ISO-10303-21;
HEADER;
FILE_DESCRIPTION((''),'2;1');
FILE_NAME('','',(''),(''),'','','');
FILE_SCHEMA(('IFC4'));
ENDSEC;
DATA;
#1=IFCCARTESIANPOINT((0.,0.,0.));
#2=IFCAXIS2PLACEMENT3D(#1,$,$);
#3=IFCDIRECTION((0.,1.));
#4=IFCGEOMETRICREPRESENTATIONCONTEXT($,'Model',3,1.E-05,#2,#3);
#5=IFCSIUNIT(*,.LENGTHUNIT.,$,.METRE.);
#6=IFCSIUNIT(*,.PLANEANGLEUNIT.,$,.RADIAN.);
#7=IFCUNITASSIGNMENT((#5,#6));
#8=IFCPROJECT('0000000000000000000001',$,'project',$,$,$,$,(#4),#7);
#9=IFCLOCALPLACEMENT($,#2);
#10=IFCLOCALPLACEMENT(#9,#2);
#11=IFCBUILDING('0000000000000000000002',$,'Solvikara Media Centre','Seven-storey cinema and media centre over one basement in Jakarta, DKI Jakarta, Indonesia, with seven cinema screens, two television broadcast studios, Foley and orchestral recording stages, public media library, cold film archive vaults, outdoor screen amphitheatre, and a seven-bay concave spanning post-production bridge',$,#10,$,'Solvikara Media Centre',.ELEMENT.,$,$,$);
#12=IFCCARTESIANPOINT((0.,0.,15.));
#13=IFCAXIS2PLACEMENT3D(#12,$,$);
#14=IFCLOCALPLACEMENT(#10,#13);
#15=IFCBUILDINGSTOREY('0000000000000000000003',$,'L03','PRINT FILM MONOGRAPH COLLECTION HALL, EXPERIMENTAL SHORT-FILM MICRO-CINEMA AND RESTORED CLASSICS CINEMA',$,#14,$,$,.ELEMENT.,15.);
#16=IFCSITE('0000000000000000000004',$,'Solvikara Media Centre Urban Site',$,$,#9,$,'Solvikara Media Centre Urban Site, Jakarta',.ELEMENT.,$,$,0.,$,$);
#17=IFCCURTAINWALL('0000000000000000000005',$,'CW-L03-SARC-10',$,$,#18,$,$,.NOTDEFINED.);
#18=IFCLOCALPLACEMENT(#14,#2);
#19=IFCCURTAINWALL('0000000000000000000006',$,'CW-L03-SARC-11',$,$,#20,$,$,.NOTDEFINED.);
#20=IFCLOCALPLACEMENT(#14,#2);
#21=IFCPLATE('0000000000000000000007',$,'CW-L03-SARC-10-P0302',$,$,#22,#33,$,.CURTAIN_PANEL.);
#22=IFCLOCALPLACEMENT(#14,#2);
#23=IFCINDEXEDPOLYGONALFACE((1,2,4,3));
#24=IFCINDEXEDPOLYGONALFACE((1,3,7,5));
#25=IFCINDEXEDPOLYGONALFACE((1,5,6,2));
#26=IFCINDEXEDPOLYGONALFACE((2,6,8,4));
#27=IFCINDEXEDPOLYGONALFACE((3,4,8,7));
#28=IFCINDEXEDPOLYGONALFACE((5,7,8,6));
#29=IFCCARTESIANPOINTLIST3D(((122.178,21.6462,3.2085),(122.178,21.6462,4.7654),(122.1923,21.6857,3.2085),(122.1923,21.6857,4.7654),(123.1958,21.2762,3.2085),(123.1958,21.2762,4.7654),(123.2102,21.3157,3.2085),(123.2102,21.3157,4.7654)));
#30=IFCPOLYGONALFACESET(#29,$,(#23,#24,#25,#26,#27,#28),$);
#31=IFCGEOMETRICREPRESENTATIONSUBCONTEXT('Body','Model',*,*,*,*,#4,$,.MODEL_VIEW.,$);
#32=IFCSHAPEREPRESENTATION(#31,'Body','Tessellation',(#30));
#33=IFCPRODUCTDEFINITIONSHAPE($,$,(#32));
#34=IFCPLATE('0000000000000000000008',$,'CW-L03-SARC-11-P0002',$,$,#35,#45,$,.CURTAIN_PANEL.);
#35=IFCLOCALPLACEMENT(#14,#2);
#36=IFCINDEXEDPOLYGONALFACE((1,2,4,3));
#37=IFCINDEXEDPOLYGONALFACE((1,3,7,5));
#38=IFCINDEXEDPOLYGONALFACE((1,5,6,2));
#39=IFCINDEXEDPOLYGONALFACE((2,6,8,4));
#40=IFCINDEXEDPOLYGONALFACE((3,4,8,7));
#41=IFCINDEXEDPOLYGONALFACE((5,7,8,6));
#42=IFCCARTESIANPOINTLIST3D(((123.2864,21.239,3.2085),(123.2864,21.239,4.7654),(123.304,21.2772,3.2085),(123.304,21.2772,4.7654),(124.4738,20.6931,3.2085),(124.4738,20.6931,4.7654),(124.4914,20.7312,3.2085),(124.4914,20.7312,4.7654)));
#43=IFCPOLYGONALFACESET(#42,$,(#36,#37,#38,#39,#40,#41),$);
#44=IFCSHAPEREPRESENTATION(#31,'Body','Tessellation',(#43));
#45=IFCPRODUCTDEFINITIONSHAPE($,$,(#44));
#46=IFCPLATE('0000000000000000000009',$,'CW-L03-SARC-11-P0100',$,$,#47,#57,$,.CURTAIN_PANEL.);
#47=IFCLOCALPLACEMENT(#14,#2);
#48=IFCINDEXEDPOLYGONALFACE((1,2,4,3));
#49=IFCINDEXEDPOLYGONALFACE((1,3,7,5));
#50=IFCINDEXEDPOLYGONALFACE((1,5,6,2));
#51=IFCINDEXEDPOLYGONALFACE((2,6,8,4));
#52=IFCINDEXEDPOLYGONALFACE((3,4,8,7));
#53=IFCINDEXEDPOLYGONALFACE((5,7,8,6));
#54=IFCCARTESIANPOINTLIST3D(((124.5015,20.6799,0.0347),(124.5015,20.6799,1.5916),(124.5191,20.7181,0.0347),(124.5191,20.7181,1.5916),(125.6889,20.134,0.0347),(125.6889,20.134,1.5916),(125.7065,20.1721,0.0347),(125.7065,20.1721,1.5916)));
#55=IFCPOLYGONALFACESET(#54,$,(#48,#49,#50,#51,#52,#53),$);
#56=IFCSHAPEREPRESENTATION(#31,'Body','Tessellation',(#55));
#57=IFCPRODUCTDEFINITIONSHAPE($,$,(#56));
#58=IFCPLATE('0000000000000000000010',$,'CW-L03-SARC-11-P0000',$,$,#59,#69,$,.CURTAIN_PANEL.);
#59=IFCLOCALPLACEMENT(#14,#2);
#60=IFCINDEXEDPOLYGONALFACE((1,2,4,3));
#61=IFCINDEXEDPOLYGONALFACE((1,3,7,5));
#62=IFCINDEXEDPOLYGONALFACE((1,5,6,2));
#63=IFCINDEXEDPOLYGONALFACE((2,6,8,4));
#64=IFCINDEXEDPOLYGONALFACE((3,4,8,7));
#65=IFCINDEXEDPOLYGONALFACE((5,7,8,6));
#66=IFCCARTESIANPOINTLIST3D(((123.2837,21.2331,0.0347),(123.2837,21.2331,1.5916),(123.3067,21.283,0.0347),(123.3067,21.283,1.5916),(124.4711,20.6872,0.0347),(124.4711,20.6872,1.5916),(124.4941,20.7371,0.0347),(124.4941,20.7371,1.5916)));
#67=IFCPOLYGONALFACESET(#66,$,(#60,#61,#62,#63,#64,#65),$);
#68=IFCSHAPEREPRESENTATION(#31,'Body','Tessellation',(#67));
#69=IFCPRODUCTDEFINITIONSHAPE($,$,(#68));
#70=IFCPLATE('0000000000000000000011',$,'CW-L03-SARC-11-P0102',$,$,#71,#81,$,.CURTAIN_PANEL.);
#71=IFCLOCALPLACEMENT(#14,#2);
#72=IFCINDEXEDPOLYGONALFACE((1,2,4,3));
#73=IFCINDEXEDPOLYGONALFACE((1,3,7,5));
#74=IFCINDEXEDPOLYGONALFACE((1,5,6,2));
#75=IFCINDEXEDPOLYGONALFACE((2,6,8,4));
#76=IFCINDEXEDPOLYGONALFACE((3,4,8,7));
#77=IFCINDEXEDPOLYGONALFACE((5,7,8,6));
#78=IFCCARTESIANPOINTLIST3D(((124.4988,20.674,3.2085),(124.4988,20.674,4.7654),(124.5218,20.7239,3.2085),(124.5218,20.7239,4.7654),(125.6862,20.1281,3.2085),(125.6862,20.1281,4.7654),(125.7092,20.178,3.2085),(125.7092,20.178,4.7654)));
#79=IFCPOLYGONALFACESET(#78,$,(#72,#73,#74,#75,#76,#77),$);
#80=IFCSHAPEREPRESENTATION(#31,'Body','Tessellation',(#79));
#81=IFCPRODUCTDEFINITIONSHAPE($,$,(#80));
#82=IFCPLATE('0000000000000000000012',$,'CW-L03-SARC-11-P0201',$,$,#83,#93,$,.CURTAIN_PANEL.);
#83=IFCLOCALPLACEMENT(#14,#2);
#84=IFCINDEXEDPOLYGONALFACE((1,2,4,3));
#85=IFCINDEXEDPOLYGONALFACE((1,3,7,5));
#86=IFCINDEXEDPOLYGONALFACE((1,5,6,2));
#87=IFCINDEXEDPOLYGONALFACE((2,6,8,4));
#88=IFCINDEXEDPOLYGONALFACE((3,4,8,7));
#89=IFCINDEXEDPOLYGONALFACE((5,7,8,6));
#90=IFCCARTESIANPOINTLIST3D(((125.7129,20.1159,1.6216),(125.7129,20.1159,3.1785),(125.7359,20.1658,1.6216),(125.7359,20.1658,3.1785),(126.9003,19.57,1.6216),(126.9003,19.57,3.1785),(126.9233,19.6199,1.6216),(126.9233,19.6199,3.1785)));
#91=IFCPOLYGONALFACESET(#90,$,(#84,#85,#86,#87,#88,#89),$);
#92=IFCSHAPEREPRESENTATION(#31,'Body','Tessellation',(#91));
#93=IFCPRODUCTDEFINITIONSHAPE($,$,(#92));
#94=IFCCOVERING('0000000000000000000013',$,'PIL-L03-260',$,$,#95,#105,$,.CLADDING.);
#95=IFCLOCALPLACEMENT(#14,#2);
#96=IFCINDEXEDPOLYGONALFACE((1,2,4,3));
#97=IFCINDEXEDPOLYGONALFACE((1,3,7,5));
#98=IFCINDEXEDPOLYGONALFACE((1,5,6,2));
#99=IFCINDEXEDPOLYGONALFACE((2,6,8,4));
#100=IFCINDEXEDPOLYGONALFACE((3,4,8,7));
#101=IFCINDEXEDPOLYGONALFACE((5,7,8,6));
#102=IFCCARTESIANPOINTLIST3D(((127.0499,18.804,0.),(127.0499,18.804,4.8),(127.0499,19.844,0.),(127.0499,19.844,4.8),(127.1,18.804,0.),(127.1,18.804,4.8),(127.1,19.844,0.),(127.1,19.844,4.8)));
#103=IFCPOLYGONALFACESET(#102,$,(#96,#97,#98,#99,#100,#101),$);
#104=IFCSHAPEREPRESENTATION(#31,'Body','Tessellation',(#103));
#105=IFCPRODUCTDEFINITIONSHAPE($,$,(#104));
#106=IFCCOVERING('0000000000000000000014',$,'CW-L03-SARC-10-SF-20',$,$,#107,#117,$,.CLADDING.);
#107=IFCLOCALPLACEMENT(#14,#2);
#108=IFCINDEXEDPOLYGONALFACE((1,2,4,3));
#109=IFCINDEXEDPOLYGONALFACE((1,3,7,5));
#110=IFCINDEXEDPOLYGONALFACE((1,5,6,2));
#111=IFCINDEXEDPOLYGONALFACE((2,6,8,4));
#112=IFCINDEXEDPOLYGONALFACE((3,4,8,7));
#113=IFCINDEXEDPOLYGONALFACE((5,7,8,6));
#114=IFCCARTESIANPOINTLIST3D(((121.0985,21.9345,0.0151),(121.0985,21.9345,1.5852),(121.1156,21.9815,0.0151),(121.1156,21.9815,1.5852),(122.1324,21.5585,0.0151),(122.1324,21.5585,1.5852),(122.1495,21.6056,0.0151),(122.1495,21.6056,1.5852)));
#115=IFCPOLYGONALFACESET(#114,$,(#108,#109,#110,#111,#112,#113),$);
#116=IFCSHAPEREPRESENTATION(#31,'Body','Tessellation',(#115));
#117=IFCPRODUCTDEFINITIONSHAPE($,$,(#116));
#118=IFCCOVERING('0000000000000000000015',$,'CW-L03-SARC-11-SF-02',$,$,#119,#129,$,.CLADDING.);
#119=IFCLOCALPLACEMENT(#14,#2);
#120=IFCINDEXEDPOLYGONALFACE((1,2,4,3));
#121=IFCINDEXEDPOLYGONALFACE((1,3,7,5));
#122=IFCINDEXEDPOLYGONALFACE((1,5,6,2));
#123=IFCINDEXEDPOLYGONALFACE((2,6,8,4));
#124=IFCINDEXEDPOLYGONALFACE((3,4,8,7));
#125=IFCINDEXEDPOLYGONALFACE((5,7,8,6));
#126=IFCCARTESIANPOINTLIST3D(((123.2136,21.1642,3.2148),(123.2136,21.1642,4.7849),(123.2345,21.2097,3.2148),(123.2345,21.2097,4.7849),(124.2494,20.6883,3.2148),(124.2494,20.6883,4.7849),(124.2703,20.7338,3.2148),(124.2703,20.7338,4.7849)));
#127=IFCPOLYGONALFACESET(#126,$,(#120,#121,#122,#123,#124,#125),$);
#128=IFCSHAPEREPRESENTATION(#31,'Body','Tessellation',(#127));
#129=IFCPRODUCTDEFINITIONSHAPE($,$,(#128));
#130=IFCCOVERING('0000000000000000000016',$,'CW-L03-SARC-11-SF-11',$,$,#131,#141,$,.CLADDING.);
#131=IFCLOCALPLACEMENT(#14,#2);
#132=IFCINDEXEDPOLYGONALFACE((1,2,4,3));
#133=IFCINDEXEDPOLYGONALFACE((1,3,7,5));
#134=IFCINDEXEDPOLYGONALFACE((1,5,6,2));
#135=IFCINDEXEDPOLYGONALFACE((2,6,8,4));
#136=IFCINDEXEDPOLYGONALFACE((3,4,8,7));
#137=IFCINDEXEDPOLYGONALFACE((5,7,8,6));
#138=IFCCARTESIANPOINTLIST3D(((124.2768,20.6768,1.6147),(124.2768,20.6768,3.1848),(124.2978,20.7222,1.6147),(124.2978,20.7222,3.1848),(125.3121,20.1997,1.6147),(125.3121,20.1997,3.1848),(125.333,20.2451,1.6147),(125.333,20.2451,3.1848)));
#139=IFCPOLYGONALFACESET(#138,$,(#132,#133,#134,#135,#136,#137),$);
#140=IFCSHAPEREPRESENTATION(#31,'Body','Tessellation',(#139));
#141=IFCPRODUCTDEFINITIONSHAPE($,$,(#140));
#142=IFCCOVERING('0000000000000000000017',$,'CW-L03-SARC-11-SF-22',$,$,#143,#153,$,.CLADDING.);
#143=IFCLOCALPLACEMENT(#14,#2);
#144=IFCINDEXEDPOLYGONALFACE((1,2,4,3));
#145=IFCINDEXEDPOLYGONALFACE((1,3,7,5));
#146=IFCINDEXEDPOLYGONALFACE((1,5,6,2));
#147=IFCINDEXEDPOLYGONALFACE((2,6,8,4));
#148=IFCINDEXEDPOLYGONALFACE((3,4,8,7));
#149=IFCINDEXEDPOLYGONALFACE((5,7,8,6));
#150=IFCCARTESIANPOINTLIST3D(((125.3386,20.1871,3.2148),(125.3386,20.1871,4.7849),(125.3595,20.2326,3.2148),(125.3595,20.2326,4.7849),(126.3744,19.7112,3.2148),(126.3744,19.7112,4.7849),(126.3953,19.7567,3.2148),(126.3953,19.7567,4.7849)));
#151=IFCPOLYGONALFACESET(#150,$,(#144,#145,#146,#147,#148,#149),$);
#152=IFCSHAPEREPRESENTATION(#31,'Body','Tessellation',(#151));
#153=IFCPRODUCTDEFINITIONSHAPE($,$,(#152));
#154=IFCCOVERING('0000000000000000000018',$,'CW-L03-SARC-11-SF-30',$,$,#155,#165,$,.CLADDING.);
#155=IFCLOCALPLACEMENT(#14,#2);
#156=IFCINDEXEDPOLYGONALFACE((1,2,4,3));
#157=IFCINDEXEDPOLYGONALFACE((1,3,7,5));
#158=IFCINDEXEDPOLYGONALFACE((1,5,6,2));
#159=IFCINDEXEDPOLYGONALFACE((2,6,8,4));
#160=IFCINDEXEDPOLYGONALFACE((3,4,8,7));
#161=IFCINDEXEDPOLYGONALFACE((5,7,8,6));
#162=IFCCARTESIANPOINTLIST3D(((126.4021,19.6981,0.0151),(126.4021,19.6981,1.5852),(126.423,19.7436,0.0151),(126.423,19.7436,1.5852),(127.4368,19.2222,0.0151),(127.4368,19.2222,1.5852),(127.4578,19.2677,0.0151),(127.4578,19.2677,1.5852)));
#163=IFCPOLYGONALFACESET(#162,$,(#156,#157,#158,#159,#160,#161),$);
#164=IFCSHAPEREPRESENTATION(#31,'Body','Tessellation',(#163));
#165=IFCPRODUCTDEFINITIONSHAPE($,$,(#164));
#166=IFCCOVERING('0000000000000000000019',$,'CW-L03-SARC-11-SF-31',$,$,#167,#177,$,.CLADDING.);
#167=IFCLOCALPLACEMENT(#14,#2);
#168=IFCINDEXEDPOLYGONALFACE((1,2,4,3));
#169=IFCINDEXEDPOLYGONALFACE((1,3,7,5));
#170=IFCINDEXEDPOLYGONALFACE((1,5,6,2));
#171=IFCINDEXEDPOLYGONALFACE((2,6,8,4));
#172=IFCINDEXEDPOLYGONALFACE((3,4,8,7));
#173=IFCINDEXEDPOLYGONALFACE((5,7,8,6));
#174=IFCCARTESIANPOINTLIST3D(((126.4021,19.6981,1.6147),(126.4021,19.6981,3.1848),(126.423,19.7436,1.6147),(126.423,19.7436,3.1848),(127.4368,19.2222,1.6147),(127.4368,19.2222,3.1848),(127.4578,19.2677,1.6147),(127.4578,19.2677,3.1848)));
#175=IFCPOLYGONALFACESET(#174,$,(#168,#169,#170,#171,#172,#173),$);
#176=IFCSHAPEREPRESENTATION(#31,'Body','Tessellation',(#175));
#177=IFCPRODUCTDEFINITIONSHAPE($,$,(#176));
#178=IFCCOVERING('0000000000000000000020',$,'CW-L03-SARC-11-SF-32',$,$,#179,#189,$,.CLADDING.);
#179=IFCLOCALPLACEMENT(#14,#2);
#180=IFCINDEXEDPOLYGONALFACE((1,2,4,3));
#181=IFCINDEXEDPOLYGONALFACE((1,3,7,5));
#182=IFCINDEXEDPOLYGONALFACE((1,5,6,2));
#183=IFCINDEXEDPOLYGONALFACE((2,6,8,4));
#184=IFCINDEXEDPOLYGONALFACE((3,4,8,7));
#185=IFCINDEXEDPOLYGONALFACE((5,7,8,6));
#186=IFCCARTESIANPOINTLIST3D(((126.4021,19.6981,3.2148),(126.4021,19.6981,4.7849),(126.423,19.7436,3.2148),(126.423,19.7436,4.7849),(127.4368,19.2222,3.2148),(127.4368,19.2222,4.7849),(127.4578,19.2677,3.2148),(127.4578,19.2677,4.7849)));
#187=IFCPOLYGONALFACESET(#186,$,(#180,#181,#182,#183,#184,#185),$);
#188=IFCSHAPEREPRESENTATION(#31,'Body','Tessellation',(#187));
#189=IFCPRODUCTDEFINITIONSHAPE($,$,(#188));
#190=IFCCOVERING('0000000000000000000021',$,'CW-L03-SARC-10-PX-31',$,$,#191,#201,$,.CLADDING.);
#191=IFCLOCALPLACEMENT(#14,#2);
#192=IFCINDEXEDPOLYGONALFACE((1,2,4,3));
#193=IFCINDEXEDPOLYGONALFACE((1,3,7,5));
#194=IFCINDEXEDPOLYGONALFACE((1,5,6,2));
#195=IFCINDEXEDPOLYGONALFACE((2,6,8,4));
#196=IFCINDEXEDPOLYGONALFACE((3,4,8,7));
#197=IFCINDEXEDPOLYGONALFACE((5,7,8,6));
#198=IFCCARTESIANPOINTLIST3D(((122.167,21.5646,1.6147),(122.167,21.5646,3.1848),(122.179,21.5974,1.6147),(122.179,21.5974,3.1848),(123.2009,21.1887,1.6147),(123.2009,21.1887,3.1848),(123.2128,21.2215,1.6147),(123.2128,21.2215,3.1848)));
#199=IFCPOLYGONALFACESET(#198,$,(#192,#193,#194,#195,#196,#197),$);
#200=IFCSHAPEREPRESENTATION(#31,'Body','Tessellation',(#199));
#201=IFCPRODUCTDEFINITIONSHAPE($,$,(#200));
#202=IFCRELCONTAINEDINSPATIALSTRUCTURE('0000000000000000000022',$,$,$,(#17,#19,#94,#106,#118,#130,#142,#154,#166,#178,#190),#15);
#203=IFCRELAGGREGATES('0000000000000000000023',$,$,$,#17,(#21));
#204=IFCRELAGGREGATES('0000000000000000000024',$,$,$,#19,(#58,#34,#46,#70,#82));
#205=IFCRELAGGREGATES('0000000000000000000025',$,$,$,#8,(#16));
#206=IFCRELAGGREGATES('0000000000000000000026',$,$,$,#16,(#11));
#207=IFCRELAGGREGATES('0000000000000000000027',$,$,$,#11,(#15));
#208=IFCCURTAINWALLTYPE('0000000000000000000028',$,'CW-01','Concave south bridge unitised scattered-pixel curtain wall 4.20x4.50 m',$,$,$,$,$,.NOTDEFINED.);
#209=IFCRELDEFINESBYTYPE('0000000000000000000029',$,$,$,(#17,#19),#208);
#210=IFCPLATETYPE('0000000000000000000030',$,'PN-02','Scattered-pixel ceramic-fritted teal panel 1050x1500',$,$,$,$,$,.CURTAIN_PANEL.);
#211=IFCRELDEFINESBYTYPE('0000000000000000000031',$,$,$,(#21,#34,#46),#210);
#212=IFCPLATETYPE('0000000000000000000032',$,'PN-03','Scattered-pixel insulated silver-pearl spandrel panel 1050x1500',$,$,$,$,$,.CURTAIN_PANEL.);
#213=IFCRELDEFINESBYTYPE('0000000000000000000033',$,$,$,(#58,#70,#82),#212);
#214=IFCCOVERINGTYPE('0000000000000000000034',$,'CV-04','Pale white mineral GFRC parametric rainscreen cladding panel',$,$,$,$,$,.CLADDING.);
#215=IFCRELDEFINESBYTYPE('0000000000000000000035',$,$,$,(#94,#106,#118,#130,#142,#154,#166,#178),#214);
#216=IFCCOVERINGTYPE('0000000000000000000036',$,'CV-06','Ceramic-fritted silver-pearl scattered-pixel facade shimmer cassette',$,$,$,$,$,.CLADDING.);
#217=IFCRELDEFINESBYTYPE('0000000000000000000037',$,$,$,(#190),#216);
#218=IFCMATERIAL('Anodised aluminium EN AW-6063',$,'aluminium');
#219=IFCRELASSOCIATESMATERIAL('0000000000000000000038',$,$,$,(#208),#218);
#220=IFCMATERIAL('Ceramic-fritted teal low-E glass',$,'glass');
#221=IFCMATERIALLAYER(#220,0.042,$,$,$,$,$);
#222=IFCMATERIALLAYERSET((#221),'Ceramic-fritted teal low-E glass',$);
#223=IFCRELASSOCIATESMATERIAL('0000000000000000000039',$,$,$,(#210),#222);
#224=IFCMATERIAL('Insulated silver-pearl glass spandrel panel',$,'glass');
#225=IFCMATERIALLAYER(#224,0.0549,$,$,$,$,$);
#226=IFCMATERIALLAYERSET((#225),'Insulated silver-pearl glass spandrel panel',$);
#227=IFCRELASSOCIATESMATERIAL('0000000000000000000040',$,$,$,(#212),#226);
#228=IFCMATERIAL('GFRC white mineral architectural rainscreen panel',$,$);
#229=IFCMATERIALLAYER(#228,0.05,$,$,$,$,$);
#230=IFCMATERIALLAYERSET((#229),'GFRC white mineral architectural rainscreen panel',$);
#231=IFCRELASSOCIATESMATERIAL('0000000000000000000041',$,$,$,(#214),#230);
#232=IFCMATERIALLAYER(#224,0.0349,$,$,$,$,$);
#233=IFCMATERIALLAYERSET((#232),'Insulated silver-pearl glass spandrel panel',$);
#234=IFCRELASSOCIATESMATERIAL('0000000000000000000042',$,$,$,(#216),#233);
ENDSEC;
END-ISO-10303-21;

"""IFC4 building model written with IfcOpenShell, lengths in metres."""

from ifc_helpers import new_model, si_unit, direction, frame, origin, origin_2d, place, context, subcontext, project, spatial, rectangle, extrude, material, layer, layer_set, type_object, element, aggregate, save


model = new_model("IFC4")

# Units and contexts
model_context = context("Model", 3, precision=1e-05, world=origin(), true_north=direction((0.0, 1.0)))
body_context = subcontext(model_context, "Body", "Model", "MODEL_VIEW")
ifc_project = project(units=[si_unit("LENGTHUNIT", "METRE"), si_unit("PLANEANGLEUNIT", "RADIAN")], contexts=[model_context])

# Site, building, storey
site_placement = place(None, origin())
site = spatial("IfcSite", under=ifc_project, at=site_placement, Name="Solvikara Media Centre Urban Site", LongName="Solvikara Media Centre Urban Site, Jakarta", CompositionType="ELEMENT", RefElevation=0.0)
building_placement = place(site_placement, origin())
building = spatial("IfcBuilding", under=site, at=building_placement, Name="Solvikara Media Centre", Description="Seven-storey cinema and media centre over one basement in Jakarta, DKI Jakarta, Indonesia, with seven cinema screens, two television broadcast studios, Foley and orchestral recording stages, public media library, cold film archive vaults, outdoor screen amphitheatre, and a seven-bay concave spanning post-production bridge", LongName="Solvikara Media Centre", CompositionType="ELEMENT")
storey_placement = place(building_placement, frame((0.0, 0.0, 15.0)))
storey = spatial("IfcBuildingStorey", under=building, at=storey_placement, Name="L03", Description="PRINT FILM MONOGRAPH COLLECTION HALL, EXPERIMENTAL SHORT-FILM MICRO-CINEMA AND RESTORED CLASSICS CINEMA", CompositionType="ELEMENT", Elevation=15.0)

# Curtain walls
ifc_material_1 = material(Name="Anodised aluminium EN AW-6063", Category="aluminium")
curtain_wall_type = type_object("IfcCurtainWallType", Name="CW-01", Description="Concave south bridge unitised scattered-pixel curtain wall 4.20x4.50 m", PredefinedType="NOTDEFINED", material=ifc_material_1)
curtain_wall_1_placement = place(storey_placement, origin())
curtain_wall_1 = element("IfcCurtainWall", 1, at=curtain_wall_1_placement, inside=storey, type_object=curtain_wall_type, Name="CW-L03-SARC-10", PredefinedType="NOTDEFINED")
curtain_wall_2_placement = place(storey_placement, origin())
curtain_wall_2 = element("IfcCurtainWall", 2, at=curtain_wall_2_placement, inside=storey, type_object=curtain_wall_type, Name="CW-L03-SARC-11", PredefinedType="NOTDEFINED")

# Plates
ifc_material_2 = material(Name="Ceramic-fritted teal low-E glass", Category="glass")
ifc_layer_1 = layer(ifc_material_2, 0.042)
ifc_layer_set_1 = layer_set([ifc_layer_1], Name="Ceramic-fritted teal low-E glass")
plate_type_1 = type_object("IfcPlateType", Name="PN-02", Description="Scattered-pixel ceramic-fritted teal panel 1050x1500", PredefinedType="CURTAIN_PANEL", material=ifc_layer_set_1)
plate_1_placement = place(storey_placement, frame((122.6941, 21.481, 3.2085), z_axis=(0.0, 0.0, 1.0), x_axis=(0.939824, -0.341659, 0.0)))
plate_1 = element("IfcPlate", 3, at=plate_1_placement, type_object=plate_type_1, Name="CW-L03-SARC-10-P0302", PredefinedType="CURTAIN_PANEL", context=body_context, shape_type="SweptSolid", body=[
    extrude(rectangle(XDim=1.083, YDim=0.042, at=origin_2d()), origin(), (0.0, 0.0, 1.0), 1.5569),
])
aggregate(curtain_wall_1, [plate_1])
plate_2_placement = place(storey_placement, frame((123.8889, 20.9851, 3.2085), z_axis=(0.0, 0.0, 1.0), x_axis=(0.908567, -0.41774, 0.0)))
plate_2 = element("IfcPlate", 4, at=plate_2_placement, type_object=plate_type_1, Name="CW-L03-SARC-11-P0002", PredefinedType="CURTAIN_PANEL", context=body_context, shape_type="SweptSolid", body=[
    extrude(rectangle(XDim=1.3069, YDim=0.042, at=origin_2d()), origin(), (0.0, 0.0, 1.0), 1.5569),
])
plate_3_placement = place(storey_placement, frame((125.104, 20.426, 0.0347), z_axis=(0.0, 0.0, 1.0), x_axis=(0.908567, -0.41774, 0.0)))
plate_3 = element("IfcPlate", 5, at=plate_3_placement, type_object=plate_type_1, Name="CW-L03-SARC-11-P0100", PredefinedType="CURTAIN_PANEL", context=body_context, shape_type="SweptSolid", body=[
    extrude(rectangle(XDim=1.3069, YDim=0.042, at=origin_2d()), origin(), (0.0, 0.0, 1.0), 1.5569),
])
ifc_material_3 = material(Name="Insulated silver-pearl glass spandrel panel", Category="glass")
ifc_layer_2 = layer(ifc_material_3, 0.0549)
ifc_layer_set_2 = layer_set([ifc_layer_2], Name="Insulated silver-pearl glass spandrel panel")
plate_type_2 = type_object("IfcPlateType", Name="PN-03", Description="Scattered-pixel insulated silver-pearl spandrel panel 1050x1500", PredefinedType="CURTAIN_PANEL", material=ifc_layer_set_2)
plate_4_placement = place(storey_placement, frame((123.8889, 20.9851, 0.0347), z_axis=(0.0, 0.0, 1.0), x_axis=(0.908567, -0.41774, 0.0)))
plate_4 = element("IfcPlate", 6, at=plate_4_placement, type_object=plate_type_2, Name="CW-L03-SARC-11-P0000", PredefinedType="CURTAIN_PANEL", context=body_context, shape_type="SweptSolid", body=[
    extrude(rectangle(XDim=1.3069, YDim=0.0549, at=origin_2d()), origin(), (0.0, 0.0, 1.0), 1.5569),
])
plate_5_placement = place(storey_placement, frame((125.104, 20.426, 3.2085), z_axis=(0.0, 0.0, 1.0), x_axis=(0.908567, -0.41774, 0.0)))
plate_5 = element("IfcPlate", 7, at=plate_5_placement, type_object=plate_type_2, Name="CW-L03-SARC-11-P0102", PredefinedType="CURTAIN_PANEL", context=body_context, shape_type="SweptSolid", body=[
    extrude(rectangle(XDim=1.3069, YDim=0.0549, at=origin_2d()), origin(), (0.0, 0.0, 1.0), 1.5569),
])
plate_6_placement = place(storey_placement, frame((126.3181, 19.8679, 1.6216), z_axis=(0.0, 0.0, 1.0), x_axis=(0.908567, -0.41774, 0.0)))
plate_6 = element("IfcPlate", 8, at=plate_6_placement, type_object=plate_type_2, Name="CW-L03-SARC-11-P0201", PredefinedType="CURTAIN_PANEL", context=body_context, shape_type="SweptSolid", body=[
    extrude(rectangle(XDim=1.3069, YDim=0.0549, at=origin_2d()), origin(), (0.0, 0.0, 1.0), 1.5569),
])
aggregate(curtain_wall_2, [plate_4, plate_2, plate_3, plate_5, plate_6])

# Coverings
ifc_material_4 = material(Name="GFRC white mineral architectural rainscreen panel")
ifc_layer_3 = layer(ifc_material_4, 0.05)
ifc_layer_set_3 = layer_set([ifc_layer_3], Name="GFRC white mineral architectural rainscreen panel")
covering_type_1 = type_object("IfcCoveringType", Name="CV-04", Description="Pale white mineral GFRC parametric rainscreen cladding panel", PredefinedType="CLADDING", material=ifc_layer_set_3)
covering_1_placement = place(storey_placement, frame((127.075, 19.324, 0.0), z_axis=(0.0, 0.0, 1.0), x_axis=(0.0, -1.0, 0.0)))
element("IfcCovering", 9, at=covering_1_placement, inside=storey, type_object=covering_type_1, Name="PIL-L03-260", PredefinedType="CLADDING", context=body_context, shape_type="SweptSolid", body=[
    extrude(rectangle(XDim=1.04, YDim=0.05, at=origin_2d()), origin(), (0.0, 0.0, 1.0), 4.8),
])
covering_2_placement = place(storey_placement, frame((121.624, 21.77, 0.0151), z_axis=(0.0, 0.0, 1.0), x_axis=(0.939794, -0.341741, 0.0)))
element("IfcCovering", 10, at=covering_2_placement, inside=storey, type_object=covering_type_1, Name="CW-L03-SARC-10-SF-20", PredefinedType="CLADDING", context=body_context, shape_type="SweptSolid", body=[
    extrude(rectangle(XDim=1.1001, YDim=0.05, at=origin_2d()), origin(), (0.0, 0.0, 1.0), 1.5701),
])
for number, where, z_axis, x_axis, name in (
    (11, (123.7419, 20.949, 3.2148), (0.0, 0.0, 1.0), (0.908676, -0.417502, 0.0), "CW-L03-SARC-11-SF-02"),
    (12, (124.8049, 20.4609, 1.6147), (0.0, 0.0, 1.0), (0.908187, -0.418565, 0.0), "CW-L03-SARC-11-SF-11"),
    (13, (125.8669, 19.9719, 3.2148), (0.0, 0.0, 1.0), (0.908676, -0.417502, 0.0), "CW-L03-SARC-11-SF-22"),
):
    element("IfcCovering", number, at=place(storey_placement, frame(where, z_axis=z_axis, x_axis=x_axis)), inside=storey, type_object=covering_type_1, Name=name, PredefinedType="CLADDING", context=body_context, shape_type="SweptSolid", body=[
        extrude(rectangle(XDim=1.1399, YDim=0.05, at=origin_2d()), origin(), (0.0, 0.0, 1.0), 1.5701),
    ])
for number, where, z_axis, x_axis, name in (
    (14, (126.9299, 19.4829, 0.0151), (0.0, 0.0, 1.0), (0.908523, -0.417835, 0.0), "CW-L03-SARC-11-SF-30"),
    (15, (126.9299, 19.4829, 1.6147), (0.0, 0.0, 1.0), (0.908523, -0.417835, 0.0), "CW-L03-SARC-11-SF-31"),
    (16, (126.9299, 19.4829, 3.2148), (0.0, 0.0, 1.0), (0.908523, -0.417835, 0.0), "CW-L03-SARC-11-SF-32"),
):
    element("IfcCovering", number, at=place(storey_placement, frame(where, z_axis=z_axis, x_axis=x_axis)), inside=storey, type_object=covering_type_1, Name=name, PredefinedType="CLADDING", context=body_context, shape_type="SweptSolid", body=[
        extrude(rectangle(XDim=1.1389, YDim=0.05, at=origin_2d()), origin(), (0.0, 0.0, 1.0), 1.5701),
    ])
ifc_layer_4 = layer(ifc_material_3, 0.0349)
ifc_layer_set_4 = layer_set([ifc_layer_4], Name="Insulated silver-pearl glass spandrel panel")
covering_type_2 = type_object("IfcCoveringType", Name="CV-06", Description="Ceramic-fritted silver-pearl scattered-pixel facade shimmer cassette", PredefinedType="CLADDING", material=ifc_layer_set_4)
covering_3_placement = place(storey_placement, frame((122.6899, 21.3931, 1.6147), z_axis=(0.0, 0.0, 1.0), x_axis=(0.939794, -0.341741, 0.0)))
element("IfcCovering", 17, at=covering_3_placement, inside=storey, type_object=covering_type_2, Name="CW-L03-SARC-10-PX-31", PredefinedType="CLADDING", context=body_context, shape_type="SweptSolid", body=[
    extrude(rectangle(XDim=1.1001, YDim=0.0349, at=origin_2d()), origin(), (0.0, 0.0, 1.0), 1.5701),
])

save(model, "model.ifc")
